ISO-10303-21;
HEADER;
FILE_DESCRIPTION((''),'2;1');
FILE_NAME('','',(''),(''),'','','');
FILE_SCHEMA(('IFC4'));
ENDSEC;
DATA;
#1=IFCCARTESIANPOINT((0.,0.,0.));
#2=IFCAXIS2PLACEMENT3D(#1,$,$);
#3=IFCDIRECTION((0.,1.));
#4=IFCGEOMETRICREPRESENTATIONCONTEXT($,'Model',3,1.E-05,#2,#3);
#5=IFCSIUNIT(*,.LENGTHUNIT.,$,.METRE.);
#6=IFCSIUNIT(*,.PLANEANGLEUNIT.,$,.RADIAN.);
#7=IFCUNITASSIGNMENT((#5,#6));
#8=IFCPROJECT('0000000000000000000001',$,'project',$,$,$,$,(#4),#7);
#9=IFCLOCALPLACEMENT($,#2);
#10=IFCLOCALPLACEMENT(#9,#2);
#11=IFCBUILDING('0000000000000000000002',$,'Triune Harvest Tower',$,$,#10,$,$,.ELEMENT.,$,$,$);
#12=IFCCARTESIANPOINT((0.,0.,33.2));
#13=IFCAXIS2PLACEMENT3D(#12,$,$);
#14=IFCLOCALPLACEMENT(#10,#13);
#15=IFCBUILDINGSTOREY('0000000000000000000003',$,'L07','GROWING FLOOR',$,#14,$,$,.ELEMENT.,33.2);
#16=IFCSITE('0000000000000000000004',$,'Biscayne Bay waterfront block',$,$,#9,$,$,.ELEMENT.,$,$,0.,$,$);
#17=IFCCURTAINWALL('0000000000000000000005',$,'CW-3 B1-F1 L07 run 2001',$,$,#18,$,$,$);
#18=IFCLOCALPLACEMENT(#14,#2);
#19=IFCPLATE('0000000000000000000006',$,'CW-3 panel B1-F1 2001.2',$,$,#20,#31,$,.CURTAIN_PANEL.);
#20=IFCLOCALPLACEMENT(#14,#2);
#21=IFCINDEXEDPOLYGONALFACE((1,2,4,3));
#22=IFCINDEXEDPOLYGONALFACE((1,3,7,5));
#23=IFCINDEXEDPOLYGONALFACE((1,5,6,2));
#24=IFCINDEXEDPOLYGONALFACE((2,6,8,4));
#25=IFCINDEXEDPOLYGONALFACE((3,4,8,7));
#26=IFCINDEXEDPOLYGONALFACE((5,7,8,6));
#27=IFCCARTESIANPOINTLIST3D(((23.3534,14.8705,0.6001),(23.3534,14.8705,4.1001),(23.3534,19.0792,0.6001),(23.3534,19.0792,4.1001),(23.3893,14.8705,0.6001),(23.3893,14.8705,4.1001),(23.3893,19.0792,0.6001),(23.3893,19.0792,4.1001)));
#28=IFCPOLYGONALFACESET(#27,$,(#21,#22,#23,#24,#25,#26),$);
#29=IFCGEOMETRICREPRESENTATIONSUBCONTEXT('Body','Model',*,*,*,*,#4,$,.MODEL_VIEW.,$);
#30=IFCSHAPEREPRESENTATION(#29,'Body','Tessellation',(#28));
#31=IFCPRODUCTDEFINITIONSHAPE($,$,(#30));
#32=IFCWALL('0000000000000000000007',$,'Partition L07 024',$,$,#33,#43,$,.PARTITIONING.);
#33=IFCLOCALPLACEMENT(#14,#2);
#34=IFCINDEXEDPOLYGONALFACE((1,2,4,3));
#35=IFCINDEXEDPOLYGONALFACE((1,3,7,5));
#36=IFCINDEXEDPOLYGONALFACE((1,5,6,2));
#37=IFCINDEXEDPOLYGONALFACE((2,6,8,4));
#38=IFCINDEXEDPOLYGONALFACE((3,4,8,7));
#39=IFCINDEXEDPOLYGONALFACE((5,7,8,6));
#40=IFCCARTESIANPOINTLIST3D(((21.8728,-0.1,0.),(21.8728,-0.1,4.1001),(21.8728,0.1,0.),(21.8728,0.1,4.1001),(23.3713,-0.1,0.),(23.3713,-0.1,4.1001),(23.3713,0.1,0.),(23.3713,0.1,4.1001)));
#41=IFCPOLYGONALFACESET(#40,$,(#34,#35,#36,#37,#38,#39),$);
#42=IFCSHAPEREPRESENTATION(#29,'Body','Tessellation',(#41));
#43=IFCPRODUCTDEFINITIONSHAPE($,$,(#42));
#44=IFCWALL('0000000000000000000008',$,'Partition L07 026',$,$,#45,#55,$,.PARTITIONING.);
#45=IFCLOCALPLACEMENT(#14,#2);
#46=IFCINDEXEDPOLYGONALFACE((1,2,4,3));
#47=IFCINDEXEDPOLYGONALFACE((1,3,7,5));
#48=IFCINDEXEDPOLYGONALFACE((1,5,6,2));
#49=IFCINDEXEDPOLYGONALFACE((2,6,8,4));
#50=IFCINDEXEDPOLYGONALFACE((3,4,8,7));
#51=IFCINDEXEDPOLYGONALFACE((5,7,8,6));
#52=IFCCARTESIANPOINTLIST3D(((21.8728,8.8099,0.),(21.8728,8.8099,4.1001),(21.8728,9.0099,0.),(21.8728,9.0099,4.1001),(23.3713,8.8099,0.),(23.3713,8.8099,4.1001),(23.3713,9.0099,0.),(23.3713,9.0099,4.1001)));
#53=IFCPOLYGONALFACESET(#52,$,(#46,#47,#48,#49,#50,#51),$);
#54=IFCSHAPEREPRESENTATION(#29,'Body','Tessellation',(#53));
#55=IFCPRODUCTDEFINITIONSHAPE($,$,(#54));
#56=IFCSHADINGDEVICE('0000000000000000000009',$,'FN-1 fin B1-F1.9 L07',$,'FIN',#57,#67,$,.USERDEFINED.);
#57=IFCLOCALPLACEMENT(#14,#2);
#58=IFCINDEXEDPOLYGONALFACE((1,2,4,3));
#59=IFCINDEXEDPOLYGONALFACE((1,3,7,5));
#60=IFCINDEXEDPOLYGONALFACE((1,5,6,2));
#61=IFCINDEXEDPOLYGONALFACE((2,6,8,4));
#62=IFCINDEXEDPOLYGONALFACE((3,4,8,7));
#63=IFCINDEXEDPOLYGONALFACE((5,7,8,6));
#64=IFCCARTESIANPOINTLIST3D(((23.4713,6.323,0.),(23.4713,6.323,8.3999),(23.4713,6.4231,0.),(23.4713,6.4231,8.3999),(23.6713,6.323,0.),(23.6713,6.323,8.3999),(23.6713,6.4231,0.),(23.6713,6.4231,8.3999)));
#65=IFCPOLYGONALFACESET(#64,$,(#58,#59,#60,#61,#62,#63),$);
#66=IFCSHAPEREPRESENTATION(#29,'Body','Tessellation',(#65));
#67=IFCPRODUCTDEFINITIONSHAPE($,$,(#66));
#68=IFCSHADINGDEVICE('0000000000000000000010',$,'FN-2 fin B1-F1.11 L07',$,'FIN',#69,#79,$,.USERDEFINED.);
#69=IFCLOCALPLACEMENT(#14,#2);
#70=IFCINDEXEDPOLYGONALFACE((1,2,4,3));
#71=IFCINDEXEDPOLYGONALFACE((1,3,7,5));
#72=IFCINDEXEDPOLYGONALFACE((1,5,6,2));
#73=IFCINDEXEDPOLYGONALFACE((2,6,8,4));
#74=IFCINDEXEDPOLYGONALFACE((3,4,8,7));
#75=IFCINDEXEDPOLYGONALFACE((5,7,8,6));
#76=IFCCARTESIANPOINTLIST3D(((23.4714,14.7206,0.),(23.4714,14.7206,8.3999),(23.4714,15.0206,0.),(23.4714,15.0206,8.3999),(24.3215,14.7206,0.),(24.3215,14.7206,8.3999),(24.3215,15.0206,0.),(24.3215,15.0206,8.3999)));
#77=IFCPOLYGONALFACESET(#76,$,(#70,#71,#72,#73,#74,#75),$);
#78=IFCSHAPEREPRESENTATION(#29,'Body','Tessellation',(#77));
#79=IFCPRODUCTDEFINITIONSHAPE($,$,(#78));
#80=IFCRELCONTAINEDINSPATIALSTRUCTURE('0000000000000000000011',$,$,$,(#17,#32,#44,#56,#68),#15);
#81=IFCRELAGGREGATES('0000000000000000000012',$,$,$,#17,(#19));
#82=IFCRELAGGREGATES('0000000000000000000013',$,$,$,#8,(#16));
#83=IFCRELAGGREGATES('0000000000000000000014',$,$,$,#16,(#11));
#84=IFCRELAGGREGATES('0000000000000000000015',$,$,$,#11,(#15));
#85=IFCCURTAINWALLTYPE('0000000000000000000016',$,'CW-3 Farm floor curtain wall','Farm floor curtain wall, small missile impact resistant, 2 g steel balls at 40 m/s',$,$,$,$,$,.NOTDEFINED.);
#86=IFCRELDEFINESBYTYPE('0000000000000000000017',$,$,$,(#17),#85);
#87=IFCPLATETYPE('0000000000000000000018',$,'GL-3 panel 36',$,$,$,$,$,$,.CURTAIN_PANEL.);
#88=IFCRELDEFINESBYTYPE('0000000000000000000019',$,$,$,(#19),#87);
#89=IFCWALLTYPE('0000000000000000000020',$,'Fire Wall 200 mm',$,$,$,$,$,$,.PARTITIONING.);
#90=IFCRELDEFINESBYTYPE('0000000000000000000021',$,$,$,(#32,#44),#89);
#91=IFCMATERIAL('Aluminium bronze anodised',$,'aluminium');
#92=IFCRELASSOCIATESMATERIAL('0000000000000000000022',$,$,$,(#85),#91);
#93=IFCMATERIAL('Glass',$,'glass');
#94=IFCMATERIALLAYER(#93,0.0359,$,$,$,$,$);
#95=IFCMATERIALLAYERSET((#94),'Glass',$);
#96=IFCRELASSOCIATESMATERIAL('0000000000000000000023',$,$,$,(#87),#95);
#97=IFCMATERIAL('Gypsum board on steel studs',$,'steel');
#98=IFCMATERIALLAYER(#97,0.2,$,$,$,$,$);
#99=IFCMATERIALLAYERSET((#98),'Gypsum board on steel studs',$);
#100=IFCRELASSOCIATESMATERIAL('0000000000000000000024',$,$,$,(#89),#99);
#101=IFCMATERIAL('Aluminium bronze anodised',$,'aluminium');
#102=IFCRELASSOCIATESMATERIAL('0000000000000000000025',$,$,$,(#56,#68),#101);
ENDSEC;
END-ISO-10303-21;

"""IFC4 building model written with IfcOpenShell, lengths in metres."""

from ifc_helpers import new_model, si_unit, direction, frame, frame_2d, origin, origin_2d, place, context, subcontext, project, spatial, rectangle, extrude, source, transform, mapped, material, layer, layer_set, type_object, element, aggregate, save


model = new_model("IFC4")

# Units and contexts
model_context = context("Model", 3, precision=1e-05, world=origin(), true_north=direction((0.0, 1.0)))
body_context = subcontext(model_context, "Body", "Model", "MODEL_VIEW")
ifc_project = project(units=[si_unit("LENGTHUNIT", "METRE"), si_unit("PLANEANGLEUNIT", "RADIAN")], contexts=[model_context])

# Site, building, storey
site_placement = place(None, origin())
site = spatial("IfcSite", under=ifc_project, at=site_placement, Name="Biscayne Bay waterfront block", CompositionType="ELEMENT", RefElevation=0.0)
building_placement = place(site_placement, origin())
building = spatial("IfcBuilding", under=site, at=building_placement, Name="Triune Harvest Tower", CompositionType="ELEMENT")
storey_placement = place(building_placement, frame((0.0, 0.0, 33.2)))
storey = spatial("IfcBuildingStorey", under=building, at=storey_placement, Name="L07", Description="GROWING FLOOR", CompositionType="ELEMENT", Elevation=33.2)

# Curtain wall
ifc_material_1 = material(Name="Aluminium bronze anodised", Category="aluminium")
curtain_wall_type_1 = type_object("IfcCurtainWallType", Name="CW-3 Farm floor curtain wall", Description="Farm floor curtain wall, small missile impact resistant, 2 g steel balls at 40 m/s", PredefinedType="NOTDEFINED", material=ifc_material_1)
curtain_wall_1_placement = place(storey_placement, origin())
curtain_wall_1 = element("IfcCurtainWall", 1, at=curtain_wall_1_placement, inside=storey, type_object=curtain_wall_type_1, Name="CW-3 B1-F1 L07 run 2001")

# Plate
ifc_material_2 = material(Name="Glass", Category="glass")
ifc_layer_1 = layer(ifc_material_2, 0.0359)
ifc_layer_set_1 = layer_set([ifc_layer_1], Name="Glass")
plate_type_1 = type_object("IfcPlateType", Name="GL-3 panel 36", PredefinedType="CURTAIN_PANEL", material=ifc_layer_set_1)
shared_shape_1 = source(origin(), body_context, "Body", "SweptSolid", [
    extrude(rectangle(XDim=4.2087, YDim=0.0359, at=origin_2d()), origin(), (0.0, 0.0, 1.0), 3.5),
])
plate_1_placement = place(storey_placement, frame((23.3713, 16.9749, 0.6001), z_axis=(0.0, 0.0, 1.0), x_axis=(0.0, 1.0, 0.0)))
plate_1 = element("IfcPlate", 2, at=plate_1_placement, type_object=plate_type_1, Name="CW-3 panel B1-F1 2001.2", PredefinedType="CURTAIN_PANEL", context=body_context, shape_type="MappedRepresentation", body=[
    mapped(shared_shape_1, transform((0.0, 0.0, 0.0), scale=1.0)),
])
aggregate(curtain_wall_1, [plate_1])

# Walls
ifc_material_3 = material(Name="Gypsum board on steel studs", Category="steel")
ifc_layer_2 = layer(ifc_material_3, 0.2)
ifc_layer_set_2 = layer_set([ifc_layer_2], Name="Gypsum board on steel studs")
wall_type = type_object("IfcWallType", Name="Fire Wall 200 mm", PredefinedType="PARTITIONING", material=ifc_layer_set_2)
shared_shape_2 = source(origin(), body_context, "Body", "SweptSolid", [
    extrude(rectangle(XDim=1.4985, YDim=0.2, at=frame_2d((0.7493, 0.0))), origin(), (0.0, 0.0, 1.0), 4.1001),
])
for number, where, z_axis, x_axis, name in (
    (3, (21.8728, 0.0, 0.0), (0.0, 0.0, 1.0), (1.0, 0.0, 0.0), "Partition L07 024"),
    (4, (21.8728, 8.9099, 0.0), (0.0, 0.0, 1.0), (1.0, 0.0, 0.0), "Partition L07 026"),
):
    element("IfcWall", number, at=place(storey_placement, frame(where, z_axis=z_axis, x_axis=x_axis)), inside=storey, type_object=wall_type, Name=name, PredefinedType="PARTITIONING", context=body_context, shape_type="MappedRepresentation", body=[
        mapped(shared_shape_2, transform((0.0, 0.0, 0.0), scale=1.0)),
    ])

# Shading devices
ifc_material_4 = material(Name="Aluminium bronze anodised", Category="aluminium")
shared_shape_3 = source(origin(), body_context, "Body", "SweptSolid", [
    extrude(rectangle(XDim=0.1001, YDim=0.2, at=origin_2d()), origin(), (0.0, 0.0, 1.0), 8.3999),
])
shading_device_1_placement = place(storey_placement, frame((23.5713, 6.373, 0.0), z_axis=(0.0, 0.0, 1.0), x_axis=(0.0, 1.0, 0.0)))
element("IfcShadingDevice", 5, at=shading_device_1_placement, inside=storey, material=ifc_material_4, Name="FN-1 fin B1-F1.9 L07", ObjectType="FIN", PredefinedType="USERDEFINED", context=body_context, shape_type="MappedRepresentation", body=[
    mapped(shared_shape_3, transform((0.0, 0.0, 0.0), scale=1.0)),
])
shared_shape_4 = source(origin(), body_context, "Body", "SweptSolid", [
    extrude(rectangle(XDim=0.3, YDim=0.8501, at=origin_2d()), origin(), (0.0, 0.0, 1.0), 8.3999),
])
shading_device_2_placement = place(storey_placement, frame((23.8965, 14.8706, 0.0), z_axis=(0.0, 0.0, 1.0), x_axis=(0.0, 1.0, 0.0)))
element("IfcShadingDevice", 6, at=shading_device_2_placement, inside=storey, material=ifc_material_4, Name="FN-2 fin B1-F1.11 L07", ObjectType="FIN", PredefinedType="USERDEFINED", context=body_context, shape_type="MappedRepresentation", body=[
    mapped(shared_shape_4, transform((0.0, 0.0, 0.0), scale=1.0)),
])

save(model, "model.ifc")
